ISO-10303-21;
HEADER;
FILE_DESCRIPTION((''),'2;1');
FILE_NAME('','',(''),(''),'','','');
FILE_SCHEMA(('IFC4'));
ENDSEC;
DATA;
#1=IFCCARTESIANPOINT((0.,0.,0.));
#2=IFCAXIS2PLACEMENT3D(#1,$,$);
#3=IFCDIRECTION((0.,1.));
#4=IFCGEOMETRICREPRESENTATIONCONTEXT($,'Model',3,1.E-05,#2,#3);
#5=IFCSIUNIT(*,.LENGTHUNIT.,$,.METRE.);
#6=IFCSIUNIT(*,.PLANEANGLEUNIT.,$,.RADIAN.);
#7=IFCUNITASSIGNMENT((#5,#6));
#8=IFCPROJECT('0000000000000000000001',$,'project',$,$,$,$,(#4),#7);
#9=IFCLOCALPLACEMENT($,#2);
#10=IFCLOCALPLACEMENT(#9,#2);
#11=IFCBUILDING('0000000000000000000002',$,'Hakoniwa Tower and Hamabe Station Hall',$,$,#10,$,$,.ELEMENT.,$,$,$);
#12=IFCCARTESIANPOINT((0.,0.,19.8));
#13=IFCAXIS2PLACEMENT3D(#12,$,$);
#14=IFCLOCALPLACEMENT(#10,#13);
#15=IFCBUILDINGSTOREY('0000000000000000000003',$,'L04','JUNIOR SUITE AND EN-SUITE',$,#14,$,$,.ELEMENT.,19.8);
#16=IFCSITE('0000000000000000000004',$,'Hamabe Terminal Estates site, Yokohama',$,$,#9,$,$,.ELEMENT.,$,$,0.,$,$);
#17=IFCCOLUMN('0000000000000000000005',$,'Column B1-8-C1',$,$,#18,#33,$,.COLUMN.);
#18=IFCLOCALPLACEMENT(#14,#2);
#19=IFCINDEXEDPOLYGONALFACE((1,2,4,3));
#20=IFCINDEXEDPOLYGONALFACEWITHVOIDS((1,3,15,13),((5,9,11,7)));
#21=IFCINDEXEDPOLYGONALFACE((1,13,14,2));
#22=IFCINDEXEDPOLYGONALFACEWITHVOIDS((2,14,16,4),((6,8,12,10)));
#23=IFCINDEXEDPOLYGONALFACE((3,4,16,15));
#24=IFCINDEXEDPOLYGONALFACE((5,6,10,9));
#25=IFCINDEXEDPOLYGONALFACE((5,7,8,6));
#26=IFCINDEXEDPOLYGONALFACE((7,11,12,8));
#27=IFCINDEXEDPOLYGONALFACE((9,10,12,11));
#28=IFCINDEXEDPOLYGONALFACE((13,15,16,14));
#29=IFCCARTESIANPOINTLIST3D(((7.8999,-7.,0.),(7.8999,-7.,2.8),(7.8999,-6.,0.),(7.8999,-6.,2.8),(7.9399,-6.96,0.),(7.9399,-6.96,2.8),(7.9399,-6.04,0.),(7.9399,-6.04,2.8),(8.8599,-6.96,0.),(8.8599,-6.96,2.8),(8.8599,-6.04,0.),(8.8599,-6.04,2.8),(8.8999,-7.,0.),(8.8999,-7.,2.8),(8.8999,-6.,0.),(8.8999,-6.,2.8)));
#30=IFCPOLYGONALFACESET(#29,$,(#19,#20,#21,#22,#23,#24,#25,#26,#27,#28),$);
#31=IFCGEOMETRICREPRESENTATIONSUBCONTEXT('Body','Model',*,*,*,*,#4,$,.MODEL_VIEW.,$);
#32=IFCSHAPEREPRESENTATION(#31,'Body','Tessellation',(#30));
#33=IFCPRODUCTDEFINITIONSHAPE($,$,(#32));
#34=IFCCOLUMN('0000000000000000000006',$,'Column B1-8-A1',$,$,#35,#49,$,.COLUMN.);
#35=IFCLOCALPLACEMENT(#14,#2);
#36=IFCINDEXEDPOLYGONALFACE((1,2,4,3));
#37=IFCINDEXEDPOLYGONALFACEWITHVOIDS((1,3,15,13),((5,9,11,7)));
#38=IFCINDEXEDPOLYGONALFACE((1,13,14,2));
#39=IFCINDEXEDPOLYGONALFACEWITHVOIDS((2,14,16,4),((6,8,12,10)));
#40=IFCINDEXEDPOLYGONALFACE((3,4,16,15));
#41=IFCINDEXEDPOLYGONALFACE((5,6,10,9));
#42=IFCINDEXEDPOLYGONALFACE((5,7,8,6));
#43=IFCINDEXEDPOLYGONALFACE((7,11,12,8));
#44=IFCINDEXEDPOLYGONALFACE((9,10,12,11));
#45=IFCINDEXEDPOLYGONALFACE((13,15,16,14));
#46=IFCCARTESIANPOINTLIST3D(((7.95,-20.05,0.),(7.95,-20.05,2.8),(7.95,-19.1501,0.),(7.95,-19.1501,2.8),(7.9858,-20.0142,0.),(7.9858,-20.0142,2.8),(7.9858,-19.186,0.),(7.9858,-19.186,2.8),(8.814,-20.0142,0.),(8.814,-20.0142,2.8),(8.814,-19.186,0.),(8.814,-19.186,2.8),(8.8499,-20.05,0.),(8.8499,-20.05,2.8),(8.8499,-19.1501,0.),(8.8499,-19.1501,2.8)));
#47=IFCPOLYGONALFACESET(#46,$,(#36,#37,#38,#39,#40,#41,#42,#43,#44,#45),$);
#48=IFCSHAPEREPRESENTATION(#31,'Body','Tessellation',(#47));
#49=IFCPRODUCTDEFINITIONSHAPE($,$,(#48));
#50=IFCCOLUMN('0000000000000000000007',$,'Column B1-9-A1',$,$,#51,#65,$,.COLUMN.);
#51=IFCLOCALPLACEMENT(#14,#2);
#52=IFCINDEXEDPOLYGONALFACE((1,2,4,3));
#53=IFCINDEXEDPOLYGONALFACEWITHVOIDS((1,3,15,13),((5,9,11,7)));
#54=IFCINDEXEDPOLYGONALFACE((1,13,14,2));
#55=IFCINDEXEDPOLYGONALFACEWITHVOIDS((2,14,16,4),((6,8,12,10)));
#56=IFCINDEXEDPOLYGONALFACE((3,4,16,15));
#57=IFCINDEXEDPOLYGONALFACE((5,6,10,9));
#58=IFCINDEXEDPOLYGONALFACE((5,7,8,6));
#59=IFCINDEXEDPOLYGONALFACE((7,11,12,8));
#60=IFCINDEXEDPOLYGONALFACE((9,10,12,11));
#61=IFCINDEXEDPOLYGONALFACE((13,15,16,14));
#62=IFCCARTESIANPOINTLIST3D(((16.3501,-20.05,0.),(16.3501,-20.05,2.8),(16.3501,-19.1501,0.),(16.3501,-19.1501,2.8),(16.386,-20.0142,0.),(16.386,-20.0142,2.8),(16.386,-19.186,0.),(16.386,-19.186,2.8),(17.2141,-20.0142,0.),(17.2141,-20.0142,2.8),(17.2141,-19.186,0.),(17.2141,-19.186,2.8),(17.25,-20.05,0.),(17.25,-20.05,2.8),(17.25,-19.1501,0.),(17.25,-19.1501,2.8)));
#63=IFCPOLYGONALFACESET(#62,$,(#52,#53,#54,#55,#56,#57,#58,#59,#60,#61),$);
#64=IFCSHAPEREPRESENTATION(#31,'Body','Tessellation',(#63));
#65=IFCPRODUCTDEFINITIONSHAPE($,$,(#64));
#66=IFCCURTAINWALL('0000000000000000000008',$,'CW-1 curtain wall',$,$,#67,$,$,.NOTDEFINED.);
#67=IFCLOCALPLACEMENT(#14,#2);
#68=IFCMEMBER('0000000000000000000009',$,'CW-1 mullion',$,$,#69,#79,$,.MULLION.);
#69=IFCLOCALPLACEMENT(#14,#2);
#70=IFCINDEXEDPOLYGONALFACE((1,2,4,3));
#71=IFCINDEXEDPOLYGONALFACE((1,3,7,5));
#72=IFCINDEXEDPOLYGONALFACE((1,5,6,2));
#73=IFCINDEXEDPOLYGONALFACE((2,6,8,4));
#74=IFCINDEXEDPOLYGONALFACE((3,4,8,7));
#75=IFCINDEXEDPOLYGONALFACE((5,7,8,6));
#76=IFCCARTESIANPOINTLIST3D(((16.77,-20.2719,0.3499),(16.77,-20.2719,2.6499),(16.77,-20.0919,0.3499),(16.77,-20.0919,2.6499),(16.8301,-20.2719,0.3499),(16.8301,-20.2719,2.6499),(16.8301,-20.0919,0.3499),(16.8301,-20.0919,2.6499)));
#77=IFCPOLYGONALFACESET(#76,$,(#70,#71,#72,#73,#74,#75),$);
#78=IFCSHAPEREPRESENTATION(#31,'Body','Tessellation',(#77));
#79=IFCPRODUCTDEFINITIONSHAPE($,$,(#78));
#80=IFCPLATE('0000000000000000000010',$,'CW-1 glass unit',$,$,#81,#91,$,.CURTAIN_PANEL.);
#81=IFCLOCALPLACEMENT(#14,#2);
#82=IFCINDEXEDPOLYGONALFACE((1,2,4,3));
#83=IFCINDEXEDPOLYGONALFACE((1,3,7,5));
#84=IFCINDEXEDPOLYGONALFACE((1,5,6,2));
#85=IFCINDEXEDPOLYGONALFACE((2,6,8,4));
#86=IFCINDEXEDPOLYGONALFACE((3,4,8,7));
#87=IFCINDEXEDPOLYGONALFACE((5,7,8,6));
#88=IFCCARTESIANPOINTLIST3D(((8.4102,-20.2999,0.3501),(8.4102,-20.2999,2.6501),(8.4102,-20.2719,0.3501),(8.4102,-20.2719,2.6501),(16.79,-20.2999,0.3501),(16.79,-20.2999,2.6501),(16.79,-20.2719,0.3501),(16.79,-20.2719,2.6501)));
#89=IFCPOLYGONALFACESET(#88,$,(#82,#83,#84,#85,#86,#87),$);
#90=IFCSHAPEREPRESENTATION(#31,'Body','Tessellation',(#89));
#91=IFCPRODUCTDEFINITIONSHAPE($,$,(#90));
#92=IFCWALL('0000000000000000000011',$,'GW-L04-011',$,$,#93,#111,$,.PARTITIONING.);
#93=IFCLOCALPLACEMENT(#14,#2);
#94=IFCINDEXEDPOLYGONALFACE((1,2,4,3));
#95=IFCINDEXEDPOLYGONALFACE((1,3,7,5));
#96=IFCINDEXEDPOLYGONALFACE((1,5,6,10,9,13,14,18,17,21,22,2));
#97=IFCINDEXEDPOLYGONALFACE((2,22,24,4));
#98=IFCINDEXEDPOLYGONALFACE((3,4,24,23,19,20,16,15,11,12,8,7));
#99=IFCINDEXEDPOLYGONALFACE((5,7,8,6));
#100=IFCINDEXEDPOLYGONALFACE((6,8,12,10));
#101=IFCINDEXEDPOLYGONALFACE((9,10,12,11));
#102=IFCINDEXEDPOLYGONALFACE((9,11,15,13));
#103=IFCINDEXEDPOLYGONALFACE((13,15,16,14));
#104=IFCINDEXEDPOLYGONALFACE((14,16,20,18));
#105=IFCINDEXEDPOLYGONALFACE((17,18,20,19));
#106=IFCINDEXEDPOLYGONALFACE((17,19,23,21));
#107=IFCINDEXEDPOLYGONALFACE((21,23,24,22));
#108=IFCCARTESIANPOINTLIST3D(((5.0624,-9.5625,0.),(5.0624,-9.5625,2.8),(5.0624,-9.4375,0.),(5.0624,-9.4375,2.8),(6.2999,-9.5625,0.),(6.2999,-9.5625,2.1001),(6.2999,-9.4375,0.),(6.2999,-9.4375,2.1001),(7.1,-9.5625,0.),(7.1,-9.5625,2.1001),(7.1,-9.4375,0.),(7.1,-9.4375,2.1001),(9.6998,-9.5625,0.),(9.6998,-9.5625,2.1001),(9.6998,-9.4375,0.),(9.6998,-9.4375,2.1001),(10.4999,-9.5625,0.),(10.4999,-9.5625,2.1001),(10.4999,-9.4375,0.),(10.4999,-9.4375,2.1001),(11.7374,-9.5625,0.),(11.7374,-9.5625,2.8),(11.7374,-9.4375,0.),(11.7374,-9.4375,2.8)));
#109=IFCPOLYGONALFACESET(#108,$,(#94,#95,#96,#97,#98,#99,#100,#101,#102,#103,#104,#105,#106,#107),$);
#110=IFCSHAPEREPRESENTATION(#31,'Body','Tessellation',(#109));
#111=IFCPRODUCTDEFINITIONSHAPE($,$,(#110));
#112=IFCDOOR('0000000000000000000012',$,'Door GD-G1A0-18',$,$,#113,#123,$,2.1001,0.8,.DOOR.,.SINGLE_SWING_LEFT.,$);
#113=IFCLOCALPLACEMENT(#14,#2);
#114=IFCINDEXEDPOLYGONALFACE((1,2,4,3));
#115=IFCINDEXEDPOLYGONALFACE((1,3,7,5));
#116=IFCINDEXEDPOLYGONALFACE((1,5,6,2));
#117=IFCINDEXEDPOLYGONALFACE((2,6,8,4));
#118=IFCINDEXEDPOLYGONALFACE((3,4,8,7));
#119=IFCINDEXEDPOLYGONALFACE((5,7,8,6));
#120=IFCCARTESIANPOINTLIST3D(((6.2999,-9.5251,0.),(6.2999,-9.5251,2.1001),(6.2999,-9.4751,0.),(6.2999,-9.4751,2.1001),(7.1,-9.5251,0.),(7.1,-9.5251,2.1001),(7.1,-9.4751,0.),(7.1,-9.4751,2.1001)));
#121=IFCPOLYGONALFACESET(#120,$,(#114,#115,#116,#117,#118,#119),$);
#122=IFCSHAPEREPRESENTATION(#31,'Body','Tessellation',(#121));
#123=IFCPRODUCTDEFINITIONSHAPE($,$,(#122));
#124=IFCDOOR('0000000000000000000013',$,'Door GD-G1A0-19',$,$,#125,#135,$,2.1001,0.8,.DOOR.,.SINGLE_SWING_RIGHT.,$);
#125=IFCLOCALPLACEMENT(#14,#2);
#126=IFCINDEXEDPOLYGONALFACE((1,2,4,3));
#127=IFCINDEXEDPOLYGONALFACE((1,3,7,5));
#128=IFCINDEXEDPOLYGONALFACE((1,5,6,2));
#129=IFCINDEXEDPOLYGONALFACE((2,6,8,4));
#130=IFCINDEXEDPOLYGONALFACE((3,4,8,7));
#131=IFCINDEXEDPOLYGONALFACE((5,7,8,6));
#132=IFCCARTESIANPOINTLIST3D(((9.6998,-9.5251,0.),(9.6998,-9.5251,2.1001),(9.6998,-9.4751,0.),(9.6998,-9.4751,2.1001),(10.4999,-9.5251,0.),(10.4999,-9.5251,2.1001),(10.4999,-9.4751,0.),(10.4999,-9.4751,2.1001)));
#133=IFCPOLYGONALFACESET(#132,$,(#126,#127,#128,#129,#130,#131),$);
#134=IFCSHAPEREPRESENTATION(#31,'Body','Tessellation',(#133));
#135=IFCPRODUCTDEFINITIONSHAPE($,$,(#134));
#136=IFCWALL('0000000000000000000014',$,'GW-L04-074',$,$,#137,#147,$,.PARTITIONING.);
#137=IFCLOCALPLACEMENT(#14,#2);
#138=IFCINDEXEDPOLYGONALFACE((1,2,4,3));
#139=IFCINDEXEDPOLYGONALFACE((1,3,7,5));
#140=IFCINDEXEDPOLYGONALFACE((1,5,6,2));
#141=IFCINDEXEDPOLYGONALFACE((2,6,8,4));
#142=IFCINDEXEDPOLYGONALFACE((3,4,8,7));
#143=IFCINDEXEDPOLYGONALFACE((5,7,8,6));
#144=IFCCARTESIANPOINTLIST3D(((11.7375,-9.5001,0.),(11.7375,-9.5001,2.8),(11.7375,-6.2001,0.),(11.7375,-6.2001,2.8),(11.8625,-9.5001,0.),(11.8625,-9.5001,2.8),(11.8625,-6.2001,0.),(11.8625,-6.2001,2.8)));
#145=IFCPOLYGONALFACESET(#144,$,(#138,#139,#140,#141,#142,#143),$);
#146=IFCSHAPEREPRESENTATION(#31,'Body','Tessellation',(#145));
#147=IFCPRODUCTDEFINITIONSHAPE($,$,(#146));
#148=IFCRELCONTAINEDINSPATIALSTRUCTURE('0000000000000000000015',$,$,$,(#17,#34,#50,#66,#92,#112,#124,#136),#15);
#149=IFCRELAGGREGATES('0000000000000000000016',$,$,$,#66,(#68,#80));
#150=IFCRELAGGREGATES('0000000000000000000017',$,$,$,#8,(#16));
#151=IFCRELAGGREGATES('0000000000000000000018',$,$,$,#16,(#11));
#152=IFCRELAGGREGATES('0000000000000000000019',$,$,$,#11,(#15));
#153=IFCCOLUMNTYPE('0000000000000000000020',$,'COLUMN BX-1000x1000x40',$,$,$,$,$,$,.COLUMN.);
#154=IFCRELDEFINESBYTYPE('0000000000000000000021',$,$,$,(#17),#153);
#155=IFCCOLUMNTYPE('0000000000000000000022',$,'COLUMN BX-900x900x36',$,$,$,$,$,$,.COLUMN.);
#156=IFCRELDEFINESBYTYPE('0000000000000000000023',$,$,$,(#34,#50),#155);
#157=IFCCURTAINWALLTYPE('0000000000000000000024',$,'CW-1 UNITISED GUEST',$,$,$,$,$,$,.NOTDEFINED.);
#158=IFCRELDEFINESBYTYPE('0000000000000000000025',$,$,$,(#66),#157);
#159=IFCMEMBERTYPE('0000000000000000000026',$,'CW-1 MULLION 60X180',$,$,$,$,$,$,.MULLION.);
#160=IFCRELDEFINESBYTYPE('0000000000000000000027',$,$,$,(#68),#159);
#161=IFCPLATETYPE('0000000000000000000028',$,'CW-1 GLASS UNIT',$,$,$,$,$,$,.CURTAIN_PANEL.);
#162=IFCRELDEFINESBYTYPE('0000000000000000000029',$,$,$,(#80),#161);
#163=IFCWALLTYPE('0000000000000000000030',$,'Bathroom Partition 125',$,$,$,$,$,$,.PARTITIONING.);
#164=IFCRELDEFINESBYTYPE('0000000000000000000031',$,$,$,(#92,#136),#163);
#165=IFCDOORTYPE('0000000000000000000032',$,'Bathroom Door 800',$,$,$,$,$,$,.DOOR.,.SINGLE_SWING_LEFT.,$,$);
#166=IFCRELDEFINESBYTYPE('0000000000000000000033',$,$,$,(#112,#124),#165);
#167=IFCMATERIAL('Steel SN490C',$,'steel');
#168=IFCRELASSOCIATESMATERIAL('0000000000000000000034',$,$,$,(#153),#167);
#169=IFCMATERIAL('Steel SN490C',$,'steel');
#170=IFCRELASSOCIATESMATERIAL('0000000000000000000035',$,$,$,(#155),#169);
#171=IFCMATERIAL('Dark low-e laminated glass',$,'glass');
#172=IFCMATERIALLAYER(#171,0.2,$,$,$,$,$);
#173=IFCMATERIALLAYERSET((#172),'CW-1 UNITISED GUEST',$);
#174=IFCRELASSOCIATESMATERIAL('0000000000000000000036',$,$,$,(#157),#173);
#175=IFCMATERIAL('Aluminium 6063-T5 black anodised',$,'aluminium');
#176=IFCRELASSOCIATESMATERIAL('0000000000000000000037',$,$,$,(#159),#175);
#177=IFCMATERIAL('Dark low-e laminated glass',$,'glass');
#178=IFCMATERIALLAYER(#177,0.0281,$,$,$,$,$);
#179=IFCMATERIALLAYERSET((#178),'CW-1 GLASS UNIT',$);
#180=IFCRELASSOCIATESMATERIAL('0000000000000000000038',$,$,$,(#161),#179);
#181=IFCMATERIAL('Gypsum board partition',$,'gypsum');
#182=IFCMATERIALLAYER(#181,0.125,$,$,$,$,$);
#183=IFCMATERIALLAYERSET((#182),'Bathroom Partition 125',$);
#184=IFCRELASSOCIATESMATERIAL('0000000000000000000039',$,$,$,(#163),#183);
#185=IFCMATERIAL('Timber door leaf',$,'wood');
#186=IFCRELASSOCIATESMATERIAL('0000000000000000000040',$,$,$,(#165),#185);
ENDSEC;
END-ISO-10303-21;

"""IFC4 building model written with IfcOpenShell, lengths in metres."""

from ifc_helpers import new_model, si_unit, direction, frame, frame_2d, origin, origin_2d, place, context, subcontext, project, spatial, rectangle, hollow_rectangle, extrude, material, layer, layer_set, material_profile, profile_set, type_object, element, fill, aggregate, save


model = new_model("IFC4")

# Units and contexts
model_context = context("Model", 3, precision=1e-05, world=origin(), true_north=direction((0.0, 1.0)))
body_context = subcontext(model_context, "Body", "Model", "MODEL_VIEW")
ifc_project = project(units=[si_unit("LENGTHUNIT", "METRE"), si_unit("PLANEANGLEUNIT", "RADIAN")], contexts=[model_context])

# Site, building, storey
site_placement = place(None, origin())
site = spatial("IfcSite", under=ifc_project, at=site_placement, Name="Hamabe Terminal Estates site, Yokohama", CompositionType="ELEMENT", RefElevation=0.0)
building_placement = place(site_placement, origin())
building = spatial("IfcBuilding", under=site, at=building_placement, Name="Hakoniwa Tower and Hamabe Station Hall", CompositionType="ELEMENT")
storey_placement = place(building_placement, frame((0.0, 0.0, 19.8)))
storey = spatial("IfcBuildingStorey", under=building, at=storey_placement, Name="L04", Description="JUNIOR SUITE AND EN-SUITE", CompositionType="ELEMENT", Elevation=19.8)

# Columns
ifc_material_1 = material(Name="Steel SN490C", Category="steel")
ifc_material_profile_1 = material_profile(ifc_material_1, hollow_rectangle(XDim=1.0, YDim=1.0, WallThickness=0.04, at=origin_2d()), Name="BX-1000x1000x40")
ifc_profile_set_1 = profile_set([ifc_material_profile_1], Name="Steel SN490C")
column_type_1 = type_object("IfcColumnType", Name="COLUMN BX-1000x1000x40", PredefinedType="COLUMN", material=ifc_profile_set_1)
column_placement = place(storey_placement, frame((8.3999, -6.5, 0.0), z_axis=(0.0, 0.0, 1.0), x_axis=(1.0, 0.0, 0.0)))
element("IfcColumn", 1, at=column_placement, inside=storey, type_object=column_type_1, Name="Column B1-8-C1", PredefinedType="COLUMN", context=body_context, shape_type="SweptSolid", body=[
    extrude(hollow_rectangle(XDim=1.0, YDim=1.0, WallThickness=0.04, at=origin_2d()), origin(), (0.0, 0.0, 1.0), 2.8),
])
ifc_material_2 = material(Name="Steel SN490C", Category="steel")
ifc_material_profile_2 = material_profile(ifc_material_2, hollow_rectangle(XDim=0.8999, YDim=0.8999, WallThickness=0.0359, at=origin_2d()), Name="BX-900x900x36")
ifc_profile_set_2 = profile_set([ifc_material_profile_2], Name="Steel SN490C")
column_type_2 = type_object("IfcColumnType", Name="COLUMN BX-900x900x36", PredefinedType="COLUMN", material=ifc_profile_set_2)
for number, where, z_axis, x_axis, name in (
    (2, (8.3999, -19.6001, 0.0), (0.0, 0.0, 1.0), (1.0, 0.0, 0.0), "Column B1-8-A1"),
    (3, (16.8, -19.6001, 0.0), (0.0, 0.0, 1.0), (1.0, 0.0, 0.0), "Column B1-9-A1"),
):
    element("IfcColumn", number, at=place(storey_placement, frame(where, z_axis=z_axis, x_axis=x_axis)), inside=storey, type_object=column_type_2, Name=name, PredefinedType="COLUMN", context=body_context, shape_type="SweptSolid", body=[
        extrude(hollow_rectangle(XDim=0.8999, YDim=0.8999, WallThickness=0.0359, at=origin_2d()), origin(), (0.0, 0.0, 1.0), 2.8),
    ])

# Curtain wall, member, plate
ifc_material_3 = material(Name="Dark low-e laminated glass", Category="glass")
ifc_layer_1 = layer(ifc_material_3, 0.2)
ifc_layer_set_1 = layer_set([ifc_layer_1], Name="CW-1 UNITISED GUEST")
curtain_wall_type = type_object("IfcCurtainWallType", Name="CW-1 UNITISED GUEST", PredefinedType="NOTDEFINED", material=ifc_layer_set_1)
curtain_wall_placement = place(storey_placement, origin())
curtain_wall = element("IfcCurtainWall", 4, at=curtain_wall_placement, inside=storey, type_object=curtain_wall_type, Name="CW-1 curtain wall", PredefinedType="NOTDEFINED")
ifc_material_4 = material(Name="Aluminium 6063-T5 black anodised", Category="aluminium")
ifc_material_profile_3 = material_profile(ifc_material_4, rectangle(XDim=0.0601, YDim=0.1799, at=origin_2d()), Name="CW-1 MULLION 60X180")
ifc_profile_set_3 = profile_set([ifc_material_profile_3], Name="Aluminium 6063-T5 black anodised")
member_type = type_object("IfcMemberType", Name="CW-1 MULLION 60X180", PredefinedType="MULLION", material=ifc_profile_set_3)
member_placement = place(storey_placement, frame((16.8, -20.1819, 0.3499), z_axis=(0.0, 0.0, 1.0), x_axis=(1.0, 0.0, 0.0)))
member = element("IfcMember", 5, at=member_placement, type_object=member_type, Name="CW-1 mullion", PredefinedType="MULLION", context=body_context, shape_type="SweptSolid", body=[
    extrude(rectangle(XDim=0.0601, YDim=0.1799, at=origin_2d()), origin(), (0.0, 0.0, 1.0), 2.3),
])
ifc_material_5 = material(Name="Dark low-e laminated glass", Category="glass")
ifc_layer_2 = layer(ifc_material_5, 0.0281)
ifc_layer_set_2 = layer_set([ifc_layer_2], Name="CW-1 GLASS UNIT")
plate_type = type_object("IfcPlateType", Name="CW-1 GLASS UNIT", PredefinedType="CURTAIN_PANEL", material=ifc_layer_set_2)
plate_placement = place(storey_placement, frame((12.6001, -20.2859, 0.3501), z_axis=(0.0, 0.0, 1.0), x_axis=(1.0, 0.0, 0.0)))
plate = element("IfcPlate", 6, at=plate_placement, type_object=plate_type, Name="CW-1 glass unit", PredefinedType="CURTAIN_PANEL", context=body_context, shape_type="SweptSolid", body=[
    extrude(rectangle(XDim=8.3799, YDim=0.0281, at=origin_2d()), origin(), (0.0, 0.0, 1.0), 2.3),
])
aggregate(curtain_wall, [member, plate])

# Wall, openings, doors
ifc_material_6 = material(Name="Gypsum board partition", Category="gypsum")
ifc_layer_3 = layer(ifc_material_6, 0.125)
ifc_layer_set_3 = layer_set([ifc_layer_3], Name="Bathroom Partition 125")
wall_type_1 = type_object("IfcWallType", Name="Bathroom Partition 125", PredefinedType="PARTITIONING", material=ifc_layer_set_3)
wall_1_placement = place(storey_placement, frame((5.0625, -9.5, 0.0), z_axis=(0.0, 0.0, 1.0), x_axis=(1.0, 0.0, 0.0)))
wall_1 = element("IfcWall", 7, at=wall_1_placement, inside=storey, type_object=wall_type_1, Name="GW-L04-011", PredefinedType="PARTITIONING", context=body_context, shape_type="SweptSolid", body=[
    extrude(rectangle(XDim=6.675, YDim=0.125, at=frame_2d((3.3374, 0.0))), origin(), (0.0, 0.0, 1.0), 2.8),
])
opening_1_placement = place(wall_1_placement, frame((1.2375, 0.0, 0.0)))
opening_1 = element("IfcOpeningElement", 8, at=opening_1_placement, cuts=wall_1, PredefinedType="OPENING", context=body_context, shape_type="SweptSolid", body=[
    extrude(rectangle(XDim=0.8, YDim=2.1001, at=frame_2d((0.3999, 1.05))), frame((0.0, 0.0725, 0.0), z_axis=(0.0, -1.0, 0.0), x_axis=(1.0, 0.0, 0.0)), (0.0, 0.0, 1.0), 0.145),
])
opening_2_placement = place(wall_1_placement, frame((4.6375, 0.0, 0.0)))
opening_2 = element("IfcOpeningElement", 9, at=opening_2_placement, cuts=wall_1, PredefinedType="OPENING", context=body_context, shape_type="SweptSolid", body=[
    extrude(rectangle(XDim=0.8, YDim=2.1001, at=frame_2d((0.3999, 1.05))), frame((0.0, 0.0725, 0.0), z_axis=(0.0, -1.0, 0.0), x_axis=(1.0, 0.0, 0.0)), (0.0, 0.0, 1.0), 0.145),
])
ifc_material_7 = material(Name="Timber door leaf", Category="wood")
door_type_1 = type_object("IfcDoorType", Name="Bathroom Door 800", OperationType="SINGLE_SWING_LEFT", PredefinedType="DOOR", material=ifc_material_7)
door_1_placement = place(opening_1_placement, origin())
door_1 = element("IfcDoor", 10, at=door_1_placement, inside=storey, type_object=door_type_1, Name="Door GD-G1A0-18", OperationType="SINGLE_SWING_LEFT", OverallHeight=2.1001, OverallWidth=0.8, PredefinedType="DOOR", context=body_context, shape_type="SweptSolid", body=[
    extrude(rectangle(XDim=0.8, YDim=2.1001, at=frame_2d((0.3999, 1.05))), frame((0.0, 0.0249, 0.0), z_axis=(0.0, -1.0, 0.0), x_axis=(1.0, 0.0, 0.0)), (0.0, 0.0, 1.0), 0.05),
])
fill(opening_1, door_1)
door_2_placement = place(opening_2_placement, origin())
door_2 = element("IfcDoor", 11, at=door_2_placement, inside=storey, type_object=door_type_1, Name="Door GD-G1A0-19", OperationType="SINGLE_SWING_RIGHT", OverallHeight=2.1001, OverallWidth=0.8, PredefinedType="DOOR", context=body_context, shape_type="SweptSolid", body=[
    extrude(rectangle(XDim=0.8, YDim=2.1001, at=frame_2d((0.3999, 1.05))), frame((0.0, 0.0249, 0.0), z_axis=(0.0, -1.0, 0.0), x_axis=(1.0, 0.0, 0.0)), (0.0, 0.0, 1.0), 0.05),
])
fill(opening_2, door_2)

# Wall
wall_2_placement = place(storey_placement, frame((11.8, -9.5, 0.0), z_axis=(0.0, 0.0, 1.0), x_axis=(0.0, 1.0, 0.0)))
element("IfcWall", 12, at=wall_2_placement, inside=storey, type_object=wall_type_1, Name="GW-L04-074", PredefinedType="PARTITIONING", context=body_context, shape_type="SweptSolid", body=[
    extrude(rectangle(XDim=3.3, YDim=0.125, at=frame_2d((1.6499, 0.0))), origin(), (0.0, 0.0, 1.0), 2.8),
])

save(model, "model.ifc")
